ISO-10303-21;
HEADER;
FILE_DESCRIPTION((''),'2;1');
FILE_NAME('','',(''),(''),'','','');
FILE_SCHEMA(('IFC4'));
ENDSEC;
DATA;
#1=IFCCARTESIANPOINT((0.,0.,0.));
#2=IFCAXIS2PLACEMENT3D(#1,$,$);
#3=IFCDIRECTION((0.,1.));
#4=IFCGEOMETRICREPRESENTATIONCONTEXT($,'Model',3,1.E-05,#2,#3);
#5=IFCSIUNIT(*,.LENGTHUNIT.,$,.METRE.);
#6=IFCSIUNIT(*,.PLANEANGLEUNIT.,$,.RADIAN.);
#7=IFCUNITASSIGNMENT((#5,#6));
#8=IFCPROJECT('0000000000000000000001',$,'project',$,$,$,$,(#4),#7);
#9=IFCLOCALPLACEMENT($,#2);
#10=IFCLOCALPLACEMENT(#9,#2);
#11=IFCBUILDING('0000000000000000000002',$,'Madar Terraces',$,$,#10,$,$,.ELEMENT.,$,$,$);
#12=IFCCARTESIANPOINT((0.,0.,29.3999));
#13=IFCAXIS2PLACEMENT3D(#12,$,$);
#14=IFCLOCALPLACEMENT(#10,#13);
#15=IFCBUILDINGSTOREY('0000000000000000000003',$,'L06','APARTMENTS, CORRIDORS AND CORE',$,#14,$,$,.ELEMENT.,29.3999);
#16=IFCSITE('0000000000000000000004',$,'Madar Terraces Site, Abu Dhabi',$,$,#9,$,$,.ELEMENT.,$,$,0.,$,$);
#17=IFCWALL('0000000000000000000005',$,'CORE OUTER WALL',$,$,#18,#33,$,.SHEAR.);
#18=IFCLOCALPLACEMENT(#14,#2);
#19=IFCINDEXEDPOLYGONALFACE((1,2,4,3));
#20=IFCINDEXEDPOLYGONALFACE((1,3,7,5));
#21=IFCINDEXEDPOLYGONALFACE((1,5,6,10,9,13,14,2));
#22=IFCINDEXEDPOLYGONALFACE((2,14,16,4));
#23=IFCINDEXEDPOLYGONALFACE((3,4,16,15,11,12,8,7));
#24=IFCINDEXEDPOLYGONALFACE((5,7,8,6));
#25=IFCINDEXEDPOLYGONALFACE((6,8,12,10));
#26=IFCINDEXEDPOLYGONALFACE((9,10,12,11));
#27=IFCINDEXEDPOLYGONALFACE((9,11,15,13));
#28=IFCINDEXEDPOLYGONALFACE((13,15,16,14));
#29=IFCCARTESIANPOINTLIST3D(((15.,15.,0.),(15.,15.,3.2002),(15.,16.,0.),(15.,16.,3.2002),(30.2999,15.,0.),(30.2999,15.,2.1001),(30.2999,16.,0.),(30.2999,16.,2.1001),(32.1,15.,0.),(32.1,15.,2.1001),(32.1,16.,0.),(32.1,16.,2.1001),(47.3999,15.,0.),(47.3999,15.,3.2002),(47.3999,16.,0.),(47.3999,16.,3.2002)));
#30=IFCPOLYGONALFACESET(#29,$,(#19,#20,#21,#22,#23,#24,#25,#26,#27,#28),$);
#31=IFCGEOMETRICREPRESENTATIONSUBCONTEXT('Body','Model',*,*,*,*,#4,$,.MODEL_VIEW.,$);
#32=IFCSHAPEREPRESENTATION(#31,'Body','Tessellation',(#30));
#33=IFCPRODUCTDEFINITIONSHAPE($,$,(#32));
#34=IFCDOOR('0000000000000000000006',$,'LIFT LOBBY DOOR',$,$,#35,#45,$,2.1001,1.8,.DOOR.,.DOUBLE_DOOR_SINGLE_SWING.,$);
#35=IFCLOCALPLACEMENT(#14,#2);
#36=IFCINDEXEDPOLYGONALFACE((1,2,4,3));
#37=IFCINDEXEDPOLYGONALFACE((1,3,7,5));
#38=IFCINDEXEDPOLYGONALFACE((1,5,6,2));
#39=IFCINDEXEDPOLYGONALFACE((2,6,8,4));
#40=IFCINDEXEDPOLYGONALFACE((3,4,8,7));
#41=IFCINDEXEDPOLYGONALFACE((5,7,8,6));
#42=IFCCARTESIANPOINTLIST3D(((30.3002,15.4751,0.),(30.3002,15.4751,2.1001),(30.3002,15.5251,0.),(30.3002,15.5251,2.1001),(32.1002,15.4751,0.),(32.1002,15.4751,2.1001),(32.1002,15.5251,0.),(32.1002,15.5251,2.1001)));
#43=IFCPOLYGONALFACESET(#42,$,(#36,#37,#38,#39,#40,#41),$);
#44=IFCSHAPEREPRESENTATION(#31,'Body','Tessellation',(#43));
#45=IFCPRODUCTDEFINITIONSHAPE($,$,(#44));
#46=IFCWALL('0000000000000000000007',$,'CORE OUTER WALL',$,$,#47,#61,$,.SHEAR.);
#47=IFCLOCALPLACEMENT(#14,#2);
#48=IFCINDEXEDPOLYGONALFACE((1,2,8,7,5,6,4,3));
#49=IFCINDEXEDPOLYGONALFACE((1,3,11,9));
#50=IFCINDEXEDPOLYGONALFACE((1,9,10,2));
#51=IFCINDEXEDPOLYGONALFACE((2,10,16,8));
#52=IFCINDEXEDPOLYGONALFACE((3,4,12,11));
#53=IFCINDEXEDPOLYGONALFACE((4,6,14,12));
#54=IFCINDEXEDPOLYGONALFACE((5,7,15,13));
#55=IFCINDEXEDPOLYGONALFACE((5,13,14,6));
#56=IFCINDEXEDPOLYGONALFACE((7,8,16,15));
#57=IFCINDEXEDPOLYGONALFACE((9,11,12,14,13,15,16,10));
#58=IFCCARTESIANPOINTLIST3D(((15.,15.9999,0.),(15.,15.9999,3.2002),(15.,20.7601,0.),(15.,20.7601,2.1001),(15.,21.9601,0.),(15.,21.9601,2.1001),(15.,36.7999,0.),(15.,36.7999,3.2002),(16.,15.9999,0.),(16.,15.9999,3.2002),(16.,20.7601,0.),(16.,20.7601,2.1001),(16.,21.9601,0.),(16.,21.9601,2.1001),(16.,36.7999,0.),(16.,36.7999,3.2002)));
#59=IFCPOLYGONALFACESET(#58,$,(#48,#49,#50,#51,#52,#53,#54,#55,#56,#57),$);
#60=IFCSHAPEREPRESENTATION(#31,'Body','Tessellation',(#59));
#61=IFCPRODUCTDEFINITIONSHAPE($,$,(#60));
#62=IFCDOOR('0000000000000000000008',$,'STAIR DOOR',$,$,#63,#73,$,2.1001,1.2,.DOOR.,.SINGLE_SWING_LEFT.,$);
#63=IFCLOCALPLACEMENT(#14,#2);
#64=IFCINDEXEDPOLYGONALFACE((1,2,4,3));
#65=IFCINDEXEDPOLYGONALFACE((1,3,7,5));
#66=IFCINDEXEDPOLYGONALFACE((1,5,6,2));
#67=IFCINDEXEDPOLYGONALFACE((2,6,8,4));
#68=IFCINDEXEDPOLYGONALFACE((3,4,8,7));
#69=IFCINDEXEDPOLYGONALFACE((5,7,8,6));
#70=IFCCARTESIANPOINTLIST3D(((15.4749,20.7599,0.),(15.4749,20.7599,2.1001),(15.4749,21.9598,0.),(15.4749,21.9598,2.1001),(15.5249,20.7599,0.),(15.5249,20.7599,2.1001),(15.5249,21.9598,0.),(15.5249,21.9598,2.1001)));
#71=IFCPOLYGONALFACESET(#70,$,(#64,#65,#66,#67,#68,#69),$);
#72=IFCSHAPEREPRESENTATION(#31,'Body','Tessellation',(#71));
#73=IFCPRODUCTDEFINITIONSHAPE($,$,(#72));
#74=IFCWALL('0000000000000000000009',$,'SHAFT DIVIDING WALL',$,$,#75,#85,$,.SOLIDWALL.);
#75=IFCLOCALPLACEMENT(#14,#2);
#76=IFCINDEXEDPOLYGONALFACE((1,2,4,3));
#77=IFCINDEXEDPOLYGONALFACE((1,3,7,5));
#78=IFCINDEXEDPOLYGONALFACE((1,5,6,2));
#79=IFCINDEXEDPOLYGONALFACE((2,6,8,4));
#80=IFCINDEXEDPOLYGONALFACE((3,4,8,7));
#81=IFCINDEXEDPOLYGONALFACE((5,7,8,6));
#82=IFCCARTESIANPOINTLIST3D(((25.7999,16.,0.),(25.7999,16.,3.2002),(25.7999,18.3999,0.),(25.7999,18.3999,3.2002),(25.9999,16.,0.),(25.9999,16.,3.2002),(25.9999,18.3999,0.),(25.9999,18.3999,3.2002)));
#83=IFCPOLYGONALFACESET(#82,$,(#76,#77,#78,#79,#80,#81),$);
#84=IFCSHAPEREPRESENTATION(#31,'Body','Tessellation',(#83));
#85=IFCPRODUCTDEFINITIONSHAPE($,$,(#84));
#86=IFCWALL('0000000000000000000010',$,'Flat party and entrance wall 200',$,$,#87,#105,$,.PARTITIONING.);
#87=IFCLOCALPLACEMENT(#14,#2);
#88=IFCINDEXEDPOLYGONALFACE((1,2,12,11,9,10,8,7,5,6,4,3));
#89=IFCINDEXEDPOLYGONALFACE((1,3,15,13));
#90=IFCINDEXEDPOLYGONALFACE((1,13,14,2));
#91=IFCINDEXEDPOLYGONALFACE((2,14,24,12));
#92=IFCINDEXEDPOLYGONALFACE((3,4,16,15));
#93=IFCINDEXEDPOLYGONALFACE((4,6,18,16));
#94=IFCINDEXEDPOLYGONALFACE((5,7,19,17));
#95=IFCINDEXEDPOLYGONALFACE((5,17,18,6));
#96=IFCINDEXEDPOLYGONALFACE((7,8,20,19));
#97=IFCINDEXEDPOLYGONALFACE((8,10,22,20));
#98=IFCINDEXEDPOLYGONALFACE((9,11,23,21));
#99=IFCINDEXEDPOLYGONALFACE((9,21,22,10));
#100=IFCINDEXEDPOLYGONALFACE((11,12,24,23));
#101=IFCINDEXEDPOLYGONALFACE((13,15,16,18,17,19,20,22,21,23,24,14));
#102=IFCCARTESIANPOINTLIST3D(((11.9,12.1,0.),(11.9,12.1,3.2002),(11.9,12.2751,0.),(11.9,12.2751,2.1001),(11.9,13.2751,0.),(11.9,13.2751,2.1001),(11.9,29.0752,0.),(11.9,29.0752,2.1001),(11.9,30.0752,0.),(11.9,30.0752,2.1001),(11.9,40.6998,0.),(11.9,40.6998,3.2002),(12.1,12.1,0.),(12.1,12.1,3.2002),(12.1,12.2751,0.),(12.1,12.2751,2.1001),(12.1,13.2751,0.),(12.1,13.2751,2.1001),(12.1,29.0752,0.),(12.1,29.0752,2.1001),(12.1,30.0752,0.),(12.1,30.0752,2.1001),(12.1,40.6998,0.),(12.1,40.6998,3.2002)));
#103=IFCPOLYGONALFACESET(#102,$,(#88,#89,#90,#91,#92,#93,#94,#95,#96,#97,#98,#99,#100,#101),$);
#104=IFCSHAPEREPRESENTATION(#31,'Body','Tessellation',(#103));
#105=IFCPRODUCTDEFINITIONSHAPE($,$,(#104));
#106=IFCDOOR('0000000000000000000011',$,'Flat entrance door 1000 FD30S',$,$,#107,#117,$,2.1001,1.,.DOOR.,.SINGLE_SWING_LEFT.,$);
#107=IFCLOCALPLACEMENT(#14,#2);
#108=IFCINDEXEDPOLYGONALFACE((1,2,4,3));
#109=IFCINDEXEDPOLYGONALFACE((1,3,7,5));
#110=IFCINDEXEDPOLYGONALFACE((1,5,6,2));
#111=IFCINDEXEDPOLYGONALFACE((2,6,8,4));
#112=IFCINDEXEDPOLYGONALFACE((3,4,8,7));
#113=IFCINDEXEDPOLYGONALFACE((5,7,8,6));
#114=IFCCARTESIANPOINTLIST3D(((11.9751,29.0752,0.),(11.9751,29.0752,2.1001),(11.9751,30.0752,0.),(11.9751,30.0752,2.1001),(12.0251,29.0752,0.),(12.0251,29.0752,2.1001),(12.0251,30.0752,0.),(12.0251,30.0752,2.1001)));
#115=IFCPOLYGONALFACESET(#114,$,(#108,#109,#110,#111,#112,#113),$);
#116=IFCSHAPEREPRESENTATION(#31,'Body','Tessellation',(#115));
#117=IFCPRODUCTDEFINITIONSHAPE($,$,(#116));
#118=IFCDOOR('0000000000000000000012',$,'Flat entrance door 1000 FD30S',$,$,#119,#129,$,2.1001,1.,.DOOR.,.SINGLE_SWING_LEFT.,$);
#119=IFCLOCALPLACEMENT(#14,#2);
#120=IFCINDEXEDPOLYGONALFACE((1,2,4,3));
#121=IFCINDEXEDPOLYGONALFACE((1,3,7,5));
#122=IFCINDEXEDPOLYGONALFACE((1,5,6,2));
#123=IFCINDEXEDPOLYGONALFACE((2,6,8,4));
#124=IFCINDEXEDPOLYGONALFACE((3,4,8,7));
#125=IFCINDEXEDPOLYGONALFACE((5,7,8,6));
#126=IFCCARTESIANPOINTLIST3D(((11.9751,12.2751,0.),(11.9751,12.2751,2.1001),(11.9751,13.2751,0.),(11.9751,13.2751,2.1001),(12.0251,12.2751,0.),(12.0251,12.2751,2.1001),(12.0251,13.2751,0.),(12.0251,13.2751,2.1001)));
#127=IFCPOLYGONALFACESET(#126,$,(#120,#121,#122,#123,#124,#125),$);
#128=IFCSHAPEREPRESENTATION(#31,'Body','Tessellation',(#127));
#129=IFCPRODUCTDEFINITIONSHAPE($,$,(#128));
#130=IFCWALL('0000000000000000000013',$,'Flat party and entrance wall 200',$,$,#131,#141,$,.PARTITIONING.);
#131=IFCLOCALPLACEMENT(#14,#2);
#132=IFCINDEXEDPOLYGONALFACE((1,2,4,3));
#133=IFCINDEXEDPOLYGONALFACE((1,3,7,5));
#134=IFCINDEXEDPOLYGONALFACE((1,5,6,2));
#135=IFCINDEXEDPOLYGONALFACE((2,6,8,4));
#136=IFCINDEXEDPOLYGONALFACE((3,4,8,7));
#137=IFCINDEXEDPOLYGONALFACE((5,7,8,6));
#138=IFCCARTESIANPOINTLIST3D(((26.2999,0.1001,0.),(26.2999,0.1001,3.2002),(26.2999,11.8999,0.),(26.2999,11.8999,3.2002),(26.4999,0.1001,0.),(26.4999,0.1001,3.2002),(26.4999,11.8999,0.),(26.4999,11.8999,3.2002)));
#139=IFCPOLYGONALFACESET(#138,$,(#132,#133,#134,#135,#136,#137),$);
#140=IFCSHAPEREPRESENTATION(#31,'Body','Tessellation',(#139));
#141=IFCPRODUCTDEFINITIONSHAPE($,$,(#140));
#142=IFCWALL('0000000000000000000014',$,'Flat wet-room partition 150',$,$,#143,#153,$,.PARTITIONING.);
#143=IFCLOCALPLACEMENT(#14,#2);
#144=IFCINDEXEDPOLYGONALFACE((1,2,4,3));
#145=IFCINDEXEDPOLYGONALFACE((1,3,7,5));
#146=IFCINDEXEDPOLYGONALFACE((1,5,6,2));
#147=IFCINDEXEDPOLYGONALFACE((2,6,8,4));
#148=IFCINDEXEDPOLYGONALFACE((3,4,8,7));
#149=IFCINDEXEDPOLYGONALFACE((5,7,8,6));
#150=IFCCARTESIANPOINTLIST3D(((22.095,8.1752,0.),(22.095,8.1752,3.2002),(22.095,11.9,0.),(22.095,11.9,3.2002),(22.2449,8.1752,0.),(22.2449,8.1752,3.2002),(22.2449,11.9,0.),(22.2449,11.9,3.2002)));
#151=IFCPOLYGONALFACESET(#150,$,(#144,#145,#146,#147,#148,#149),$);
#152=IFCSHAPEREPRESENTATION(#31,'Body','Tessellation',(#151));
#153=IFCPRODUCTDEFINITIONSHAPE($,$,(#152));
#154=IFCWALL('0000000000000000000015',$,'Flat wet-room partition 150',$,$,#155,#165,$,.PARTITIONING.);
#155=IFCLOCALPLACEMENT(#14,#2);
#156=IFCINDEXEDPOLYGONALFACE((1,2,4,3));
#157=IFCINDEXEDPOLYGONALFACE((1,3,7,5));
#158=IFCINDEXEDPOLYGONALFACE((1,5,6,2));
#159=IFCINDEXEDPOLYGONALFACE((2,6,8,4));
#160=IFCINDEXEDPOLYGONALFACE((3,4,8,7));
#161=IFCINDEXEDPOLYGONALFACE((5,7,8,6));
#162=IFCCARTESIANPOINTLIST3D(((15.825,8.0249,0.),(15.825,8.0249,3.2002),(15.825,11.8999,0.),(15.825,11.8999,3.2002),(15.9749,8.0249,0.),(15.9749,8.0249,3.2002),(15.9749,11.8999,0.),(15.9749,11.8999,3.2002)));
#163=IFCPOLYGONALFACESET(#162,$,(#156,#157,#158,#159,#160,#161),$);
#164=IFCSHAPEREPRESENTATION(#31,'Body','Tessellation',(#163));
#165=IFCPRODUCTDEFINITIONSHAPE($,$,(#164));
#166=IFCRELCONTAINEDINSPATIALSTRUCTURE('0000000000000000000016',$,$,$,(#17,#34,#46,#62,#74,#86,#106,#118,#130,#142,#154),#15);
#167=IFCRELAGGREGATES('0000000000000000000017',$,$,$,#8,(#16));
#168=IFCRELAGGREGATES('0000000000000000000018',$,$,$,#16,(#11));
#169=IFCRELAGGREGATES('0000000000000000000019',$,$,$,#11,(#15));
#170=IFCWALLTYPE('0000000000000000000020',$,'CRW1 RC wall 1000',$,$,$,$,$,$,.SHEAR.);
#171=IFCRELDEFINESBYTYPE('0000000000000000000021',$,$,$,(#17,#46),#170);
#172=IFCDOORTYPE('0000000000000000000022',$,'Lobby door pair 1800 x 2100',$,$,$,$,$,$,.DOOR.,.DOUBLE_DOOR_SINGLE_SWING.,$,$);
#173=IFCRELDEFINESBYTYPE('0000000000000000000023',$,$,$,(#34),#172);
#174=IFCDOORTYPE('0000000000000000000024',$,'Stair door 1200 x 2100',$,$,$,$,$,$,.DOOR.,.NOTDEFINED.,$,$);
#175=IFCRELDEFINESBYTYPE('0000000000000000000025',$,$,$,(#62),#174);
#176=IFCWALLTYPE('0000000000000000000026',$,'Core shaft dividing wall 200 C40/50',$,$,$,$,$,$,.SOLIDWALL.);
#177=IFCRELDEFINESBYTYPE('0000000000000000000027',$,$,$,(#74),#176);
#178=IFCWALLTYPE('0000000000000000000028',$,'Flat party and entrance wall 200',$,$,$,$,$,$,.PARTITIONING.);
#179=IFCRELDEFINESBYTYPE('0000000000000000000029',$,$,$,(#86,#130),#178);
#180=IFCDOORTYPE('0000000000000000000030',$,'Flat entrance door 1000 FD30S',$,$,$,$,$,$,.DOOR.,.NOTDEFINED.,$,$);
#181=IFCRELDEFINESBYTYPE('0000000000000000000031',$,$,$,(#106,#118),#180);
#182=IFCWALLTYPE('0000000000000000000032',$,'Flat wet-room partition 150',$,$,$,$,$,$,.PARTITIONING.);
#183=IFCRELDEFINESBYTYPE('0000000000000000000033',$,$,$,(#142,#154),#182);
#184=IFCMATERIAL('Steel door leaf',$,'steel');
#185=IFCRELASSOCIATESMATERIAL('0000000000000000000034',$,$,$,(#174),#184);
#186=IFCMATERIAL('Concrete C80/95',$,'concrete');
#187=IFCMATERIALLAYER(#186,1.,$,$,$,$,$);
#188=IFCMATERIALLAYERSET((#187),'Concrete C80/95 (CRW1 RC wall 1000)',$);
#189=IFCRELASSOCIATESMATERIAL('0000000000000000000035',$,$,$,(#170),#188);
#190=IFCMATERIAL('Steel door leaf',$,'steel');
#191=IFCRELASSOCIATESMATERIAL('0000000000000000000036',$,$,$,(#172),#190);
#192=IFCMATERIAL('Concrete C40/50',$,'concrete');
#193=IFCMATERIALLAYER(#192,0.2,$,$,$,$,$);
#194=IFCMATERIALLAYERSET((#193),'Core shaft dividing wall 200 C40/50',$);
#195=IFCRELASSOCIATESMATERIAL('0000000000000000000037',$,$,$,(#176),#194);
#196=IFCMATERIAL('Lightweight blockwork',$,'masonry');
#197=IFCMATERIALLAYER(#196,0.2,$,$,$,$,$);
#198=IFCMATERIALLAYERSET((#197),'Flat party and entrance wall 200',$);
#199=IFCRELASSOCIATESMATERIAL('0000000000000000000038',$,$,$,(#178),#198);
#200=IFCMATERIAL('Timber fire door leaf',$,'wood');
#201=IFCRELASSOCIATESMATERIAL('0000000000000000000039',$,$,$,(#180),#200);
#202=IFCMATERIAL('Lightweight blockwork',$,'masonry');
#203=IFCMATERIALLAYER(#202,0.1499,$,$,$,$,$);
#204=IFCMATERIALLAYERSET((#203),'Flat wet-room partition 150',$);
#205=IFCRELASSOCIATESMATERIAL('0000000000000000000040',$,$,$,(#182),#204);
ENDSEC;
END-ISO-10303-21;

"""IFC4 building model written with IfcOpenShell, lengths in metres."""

from ifc_helpers import new_model, si_unit, direction, frame, frame_2d, origin, place, context, subcontext, project, spatial, rectangle, extrude, material, layer, layer_set, type_object, element, fill, save


model = new_model("IFC4")

# Units and contexts
model_context = context("Model", 3, precision=1e-05, world=origin(), true_north=direction((0.0, 1.0)))
body_context = subcontext(model_context, "Body", "Model", "MODEL_VIEW")
ifc_project = project(units=[si_unit("LENGTHUNIT", "METRE"), si_unit("PLANEANGLEUNIT", "RADIAN")], contexts=[model_context])

# Site, building, storey
site_placement = place(None, origin())
site = spatial("IfcSite", under=ifc_project, at=site_placement, Name="Madar Terraces Site, Abu Dhabi", CompositionType="ELEMENT", RefElevation=0.0)
building_placement = place(site_placement, origin())
building = spatial("IfcBuilding", under=site, at=building_placement, Name="Madar Terraces", CompositionType="ELEMENT")
storey_placement = place(building_placement, frame((0.0, 0.0, 29.3999)))
storey = spatial("IfcBuildingStorey", under=building, at=storey_placement, Name="L06", Description="APARTMENTS, CORRIDORS AND CORE", CompositionType="ELEMENT", Elevation=29.3999)

# Shared definitions
ifc_material_1 = material(Name="Steel door leaf", Category="steel")
door_type_1 = type_object("IfcDoorType", Name="Stair door 1200 x 2100", OperationType="NOTDEFINED", PredefinedType="DOOR", material=ifc_material_1)

# Walls, openings, doors
ifc_material_2 = material(Name="Concrete C80/95", Category="concrete")
ifc_layer_1 = layer(ifc_material_2, 1.0)
ifc_layer_set_1 = layer_set([ifc_layer_1], Name="Concrete C80/95 (CRW1 RC wall 1000)")
wall_type_1 = type_object("IfcWallType", Name="CRW1 RC wall 1000", PredefinedType="SHEAR", material=ifc_layer_set_1)
wall_1_placement = place(storey_placement, frame((15.0, 15.5, 0.0), z_axis=(0.0, 0.0, 1.0), x_axis=(1.0, 0.0, 0.0)))
wall_1 = element("IfcWall", 1, at=wall_1_placement, inside=storey, type_object=wall_type_1, Name="CORE OUTER WALL", PredefinedType="SHEAR", context=body_context, shape_type="SweptSolid", body=[
    extrude(rectangle(XDim=32.3999, YDim=1.0, at=frame_2d((16.2, 0.0))), origin(), (0.0, 0.0, 1.0), 3.2002),
])
opening_1_placement = place(wall_1_placement, frame((15.3, 0.0, 0.0)))
opening_1 = element("IfcOpeningElement", 2, at=opening_1_placement, cuts=wall_1, PredefinedType="OPENING", context=body_context, shape_type="SweptSolid", body=[
    extrude(rectangle(XDim=1.8, YDim=2.1001, at=frame_2d((0.8999, 1.05))), frame((0.0, 0.51, 0.0), z_axis=(0.0, -1.0, 0.0), x_axis=(1.0, 0.0, 0.0)), (0.0, 0.0, 1.0), 1.02),
])
ifc_material_3 = material(Name="Steel door leaf", Category="steel")
door_type_2 = type_object("IfcDoorType", Name="Lobby door pair 1800 x 2100", OperationType="DOUBLE_DOOR_SINGLE_SWING", PredefinedType="DOOR", material=ifc_material_3)
door_1_placement = place(opening_1_placement, frame((1.8, 0.0, 0.0), z_axis=(0.0, 0.0, 1.0), x_axis=(-1.0, 0.0, 0.0)))
door_1 = element("IfcDoor", 3, at=door_1_placement, inside=storey, type_object=door_type_2, Name="LIFT LOBBY DOOR", OperationType="DOUBLE_DOOR_SINGLE_SWING", OverallHeight=2.1001, OverallWidth=1.8, PredefinedType="DOOR", context=body_context, shape_type="SweptSolid", body=[
    extrude(rectangle(XDim=1.8, YDim=2.1001, at=frame_2d((0.8999, 1.05))), frame((0.0, 0.0249, 0.0), z_axis=(0.0, -1.0, 0.0), x_axis=(1.0, 0.0, 0.0)), (0.0, 0.0, 1.0), 0.05),
])
fill(opening_1, door_1)
wall_2_placement = place(storey_placement, frame((15.5, 16.0, 0.0), z_axis=(0.0, 0.0, 1.0), x_axis=(0.0, 1.0, 0.0)))
wall_2 = element("IfcWall", 4, at=wall_2_placement, inside=storey, type_object=wall_type_1, Name="CORE OUTER WALL", PredefinedType="SHEAR", context=body_context, shape_type="SweptSolid", body=[
    extrude(rectangle(XDim=20.8, YDim=1.0, at=frame_2d((10.3999, 0.0))), origin(), (0.0, 0.0, 1.0), 3.2002),
])
opening_2_placement = place(wall_2_placement, frame((4.76, 0.0, 0.0)))
opening_2 = element("IfcOpeningElement", 5, at=opening_2_placement, cuts=wall_2, PredefinedType="OPENING", context=body_context, shape_type="SweptSolid", body=[
    extrude(rectangle(XDim=1.2, YDim=2.1001, at=frame_2d((0.6001, 1.05))), frame((0.0, 0.51, 0.0), z_axis=(0.0, -1.0, 0.0), x_axis=(1.0, 0.0, 0.0)), (0.0, 0.0, 1.0), 1.02),
])
door_2_placement = place(opening_2_placement, frame((1.2, 0.0, 0.0), z_axis=(0.0, 0.0, 1.0), x_axis=(-1.0, 0.0, 0.0)))
door_2 = element("IfcDoor", 6, at=door_2_placement, inside=storey, type_object=door_type_1, Name="STAIR DOOR", OperationType="SINGLE_SWING_LEFT", OverallHeight=2.1001, OverallWidth=1.2, PredefinedType="DOOR", context=body_context, shape_type="SweptSolid", body=[
    extrude(rectangle(XDim=1.2, YDim=2.1001, at=frame_2d((0.6001, 1.05))), frame((0.0, 0.0249, 0.0), z_axis=(0.0, -1.0, 0.0), x_axis=(1.0, 0.0, 0.0)), (0.0, 0.0, 1.0), 0.05),
])
fill(opening_2, door_2)

# Wall
ifc_material_4 = material(Name="Concrete C40/50", Category="concrete")
ifc_layer_2 = layer(ifc_material_4, 0.2)
ifc_layer_set_2 = layer_set([ifc_layer_2], Name="Core shaft dividing wall 200 C40/50")
wall_type_2 = type_object("IfcWallType", Name="Core shaft dividing wall 200 C40/50", PredefinedType="SOLIDWALL", material=ifc_layer_set_2)
wall_3_placement = place(storey_placement, frame((25.8999, 16.0, 0.0), z_axis=(0.0, 0.0, 1.0), x_axis=(0.0, 1.0, 0.0)))
element("IfcWall", 7, at=wall_3_placement, inside=storey, type_object=wall_type_2, Name="SHAFT DIVIDING WALL", PredefinedType="SOLIDWALL", context=body_context, shape_type="SweptSolid", body=[
    extrude(rectangle(XDim=2.3999, YDim=0.2, at=frame_2d((1.2, 0.0))), origin(), (0.0, 0.0, 1.0), 3.2002),
])

# Wall, openings, doors
ifc_material_5 = material(Name="Lightweight blockwork", Category="masonry")
ifc_layer_3 = layer(ifc_material_5, 0.2)
ifc_layer_set_3 = layer_set([ifc_layer_3], Name="Flat party and entrance wall 200")
wall_type_3 = type_object("IfcWallType", Name="Flat party and entrance wall 200", PredefinedType="PARTITIONING", material=ifc_layer_set_3)
wall_4_placement = place(storey_placement, frame((12.0, 12.1001, 0.0), z_axis=(0.0, 0.0, 1.0), x_axis=(0.0, 1.0, 0.0)))
wall_4 = element("IfcWall", 8, at=wall_4_placement, inside=storey, type_object=wall_type_3, Name="Flat party and entrance wall 200", PredefinedType="PARTITIONING", context=body_context, shape_type="SweptSolid", body=[
    extrude(rectangle(XDim=28.5999, YDim=0.2, at=frame_2d((14.2998, 0.0))), origin(), (0.0, 0.0, 1.0), 3.2002),
])
opening_3_placement = place(wall_4_placement, frame((16.9751, 0.0, 0.0)))
opening_3 = element("IfcOpeningElement", 9, at=opening_3_placement, cuts=wall_4, PredefinedType="OPENING", context=body_context, shape_type="SweptSolid", body=[
    extrude(rectangle(XDim=1.0, YDim=2.1001, at=frame_2d((0.5, 1.05))), frame((0.0, 0.1099, 0.0), z_axis=(0.0, -1.0, 0.0), x_axis=(1.0, 0.0, 0.0)), (0.0, 0.0, 1.0), 0.22),
])
opening_4_placement = place(wall_4_placement, frame((0.175, 0.0, 0.0)))
opening_4 = element("IfcOpeningElement", 10, at=opening_4_placement, cuts=wall_4, PredefinedType="OPENING", context=body_context, shape_type="SweptSolid", body=[
    extrude(rectangle(XDim=1.0, YDim=2.1001, at=frame_2d((0.5, 1.05))), frame((0.0, 0.1099, 0.0), z_axis=(0.0, -1.0, 0.0), x_axis=(1.0, 0.0, 0.0)), (0.0, 0.0, 1.0), 0.22),
])
ifc_material_6 = material(Name="Timber fire door leaf", Category="wood")
door_type_3 = type_object("IfcDoorType", Name="Flat entrance door 1000 FD30S", OperationType="NOTDEFINED", PredefinedType="DOOR", material=ifc_material_6)
door_3_placement = place(opening_3_placement, origin())
door_3 = element("IfcDoor", 11, at=door_3_placement, inside=storey, type_object=door_type_3, Name="Flat entrance door 1000 FD30S", OperationType="SINGLE_SWING_LEFT", OverallHeight=2.1001, OverallWidth=1.0, PredefinedType="DOOR", context=body_context, shape_type="SweptSolid", body=[
    extrude(rectangle(XDim=1.0, YDim=2.1001, at=frame_2d((0.5, 1.05))), frame((0.0, 0.0249, 0.0), z_axis=(0.0, -1.0, 0.0), x_axis=(1.0, 0.0, 0.0)), (0.0, 0.0, 1.0), 0.05),
])
fill(opening_3, door_3)
door_4_placement = place(opening_4_placement, origin())
door_4 = element("IfcDoor", 12, at=door_4_placement, inside=storey, type_object=door_type_3, Name="Flat entrance door 1000 FD30S", OperationType="SINGLE_SWING_LEFT", OverallHeight=2.1001, OverallWidth=1.0, PredefinedType="DOOR", context=body_context, shape_type="SweptSolid", body=[
    extrude(rectangle(XDim=1.0, YDim=2.1001, at=frame_2d((0.5, 1.05))), frame((0.0, 0.0249, 0.0), z_axis=(0.0, -1.0, 0.0), x_axis=(1.0, 0.0, 0.0)), (0.0, 0.0, 1.0), 0.05),
])
fill(opening_4, door_4)

# Walls
wall_5_placement = place(storey_placement, frame((26.3999, 11.8999, 0.0), z_axis=(0.0, 0.0, 1.0), x_axis=(0.0, -1.0, 0.0)))
element("IfcWall", 13, at=wall_5_placement, inside=storey, type_object=wall_type_3, Name="Flat party and entrance wall 200", PredefinedType="PARTITIONING", context=body_context, shape_type="SweptSolid", body=[
    extrude(rectangle(XDim=11.7998, YDim=0.2, at=frame_2d((5.8999, 0.0))), origin(), (0.0, 0.0, 1.0), 3.2002),
])
ifc_material_7 = material(Name="Lightweight blockwork", Category="masonry")
ifc_layer_4 = layer(ifc_material_7, 0.1499)
ifc_layer_set_4 = layer_set([ifc_layer_4], Name="Flat wet-room partition 150")
wall_type_4 = type_object("IfcWallType", Name="Flat wet-room partition 150", PredefinedType="PARTITIONING", material=ifc_layer_set_4)
wall_6_placement = place(storey_placement, frame((22.1699, 11.8999, 0.0), z_axis=(0.0, 0.0, 1.0), x_axis=(0.0, -1.0, 0.0)))
element("IfcWall", 14, at=wall_6_placement, inside=storey, type_object=wall_type_4, Name="Flat wet-room partition 150", PredefinedType="PARTITIONING", context=body_context, shape_type="SweptSolid", body=[
    extrude(rectangle(XDim=3.7249, YDim=0.1499, at=frame_2d((1.8623, 0.0))), origin(), (0.0, 0.0, 1.0), 3.2002),
])
wall_7_placement = place(storey_placement, frame((15.8999, 11.8999, 0.0), z_axis=(0.0, 0.0, 1.0), x_axis=(0.0, -1.0, 0.0)))
element("IfcWall", 15, at=wall_7_placement, inside=storey, type_object=wall_type_4, Name="Flat wet-room partition 150", PredefinedType="PARTITIONING", context=body_context, shape_type="SweptSolid", body=[
    extrude(rectangle(XDim=3.875, YDim=0.1499, at=frame_2d((1.9375, 0.0))), origin(), (0.0, 0.0, 1.0), 3.2002),
])

save(model, "model.ifc")
